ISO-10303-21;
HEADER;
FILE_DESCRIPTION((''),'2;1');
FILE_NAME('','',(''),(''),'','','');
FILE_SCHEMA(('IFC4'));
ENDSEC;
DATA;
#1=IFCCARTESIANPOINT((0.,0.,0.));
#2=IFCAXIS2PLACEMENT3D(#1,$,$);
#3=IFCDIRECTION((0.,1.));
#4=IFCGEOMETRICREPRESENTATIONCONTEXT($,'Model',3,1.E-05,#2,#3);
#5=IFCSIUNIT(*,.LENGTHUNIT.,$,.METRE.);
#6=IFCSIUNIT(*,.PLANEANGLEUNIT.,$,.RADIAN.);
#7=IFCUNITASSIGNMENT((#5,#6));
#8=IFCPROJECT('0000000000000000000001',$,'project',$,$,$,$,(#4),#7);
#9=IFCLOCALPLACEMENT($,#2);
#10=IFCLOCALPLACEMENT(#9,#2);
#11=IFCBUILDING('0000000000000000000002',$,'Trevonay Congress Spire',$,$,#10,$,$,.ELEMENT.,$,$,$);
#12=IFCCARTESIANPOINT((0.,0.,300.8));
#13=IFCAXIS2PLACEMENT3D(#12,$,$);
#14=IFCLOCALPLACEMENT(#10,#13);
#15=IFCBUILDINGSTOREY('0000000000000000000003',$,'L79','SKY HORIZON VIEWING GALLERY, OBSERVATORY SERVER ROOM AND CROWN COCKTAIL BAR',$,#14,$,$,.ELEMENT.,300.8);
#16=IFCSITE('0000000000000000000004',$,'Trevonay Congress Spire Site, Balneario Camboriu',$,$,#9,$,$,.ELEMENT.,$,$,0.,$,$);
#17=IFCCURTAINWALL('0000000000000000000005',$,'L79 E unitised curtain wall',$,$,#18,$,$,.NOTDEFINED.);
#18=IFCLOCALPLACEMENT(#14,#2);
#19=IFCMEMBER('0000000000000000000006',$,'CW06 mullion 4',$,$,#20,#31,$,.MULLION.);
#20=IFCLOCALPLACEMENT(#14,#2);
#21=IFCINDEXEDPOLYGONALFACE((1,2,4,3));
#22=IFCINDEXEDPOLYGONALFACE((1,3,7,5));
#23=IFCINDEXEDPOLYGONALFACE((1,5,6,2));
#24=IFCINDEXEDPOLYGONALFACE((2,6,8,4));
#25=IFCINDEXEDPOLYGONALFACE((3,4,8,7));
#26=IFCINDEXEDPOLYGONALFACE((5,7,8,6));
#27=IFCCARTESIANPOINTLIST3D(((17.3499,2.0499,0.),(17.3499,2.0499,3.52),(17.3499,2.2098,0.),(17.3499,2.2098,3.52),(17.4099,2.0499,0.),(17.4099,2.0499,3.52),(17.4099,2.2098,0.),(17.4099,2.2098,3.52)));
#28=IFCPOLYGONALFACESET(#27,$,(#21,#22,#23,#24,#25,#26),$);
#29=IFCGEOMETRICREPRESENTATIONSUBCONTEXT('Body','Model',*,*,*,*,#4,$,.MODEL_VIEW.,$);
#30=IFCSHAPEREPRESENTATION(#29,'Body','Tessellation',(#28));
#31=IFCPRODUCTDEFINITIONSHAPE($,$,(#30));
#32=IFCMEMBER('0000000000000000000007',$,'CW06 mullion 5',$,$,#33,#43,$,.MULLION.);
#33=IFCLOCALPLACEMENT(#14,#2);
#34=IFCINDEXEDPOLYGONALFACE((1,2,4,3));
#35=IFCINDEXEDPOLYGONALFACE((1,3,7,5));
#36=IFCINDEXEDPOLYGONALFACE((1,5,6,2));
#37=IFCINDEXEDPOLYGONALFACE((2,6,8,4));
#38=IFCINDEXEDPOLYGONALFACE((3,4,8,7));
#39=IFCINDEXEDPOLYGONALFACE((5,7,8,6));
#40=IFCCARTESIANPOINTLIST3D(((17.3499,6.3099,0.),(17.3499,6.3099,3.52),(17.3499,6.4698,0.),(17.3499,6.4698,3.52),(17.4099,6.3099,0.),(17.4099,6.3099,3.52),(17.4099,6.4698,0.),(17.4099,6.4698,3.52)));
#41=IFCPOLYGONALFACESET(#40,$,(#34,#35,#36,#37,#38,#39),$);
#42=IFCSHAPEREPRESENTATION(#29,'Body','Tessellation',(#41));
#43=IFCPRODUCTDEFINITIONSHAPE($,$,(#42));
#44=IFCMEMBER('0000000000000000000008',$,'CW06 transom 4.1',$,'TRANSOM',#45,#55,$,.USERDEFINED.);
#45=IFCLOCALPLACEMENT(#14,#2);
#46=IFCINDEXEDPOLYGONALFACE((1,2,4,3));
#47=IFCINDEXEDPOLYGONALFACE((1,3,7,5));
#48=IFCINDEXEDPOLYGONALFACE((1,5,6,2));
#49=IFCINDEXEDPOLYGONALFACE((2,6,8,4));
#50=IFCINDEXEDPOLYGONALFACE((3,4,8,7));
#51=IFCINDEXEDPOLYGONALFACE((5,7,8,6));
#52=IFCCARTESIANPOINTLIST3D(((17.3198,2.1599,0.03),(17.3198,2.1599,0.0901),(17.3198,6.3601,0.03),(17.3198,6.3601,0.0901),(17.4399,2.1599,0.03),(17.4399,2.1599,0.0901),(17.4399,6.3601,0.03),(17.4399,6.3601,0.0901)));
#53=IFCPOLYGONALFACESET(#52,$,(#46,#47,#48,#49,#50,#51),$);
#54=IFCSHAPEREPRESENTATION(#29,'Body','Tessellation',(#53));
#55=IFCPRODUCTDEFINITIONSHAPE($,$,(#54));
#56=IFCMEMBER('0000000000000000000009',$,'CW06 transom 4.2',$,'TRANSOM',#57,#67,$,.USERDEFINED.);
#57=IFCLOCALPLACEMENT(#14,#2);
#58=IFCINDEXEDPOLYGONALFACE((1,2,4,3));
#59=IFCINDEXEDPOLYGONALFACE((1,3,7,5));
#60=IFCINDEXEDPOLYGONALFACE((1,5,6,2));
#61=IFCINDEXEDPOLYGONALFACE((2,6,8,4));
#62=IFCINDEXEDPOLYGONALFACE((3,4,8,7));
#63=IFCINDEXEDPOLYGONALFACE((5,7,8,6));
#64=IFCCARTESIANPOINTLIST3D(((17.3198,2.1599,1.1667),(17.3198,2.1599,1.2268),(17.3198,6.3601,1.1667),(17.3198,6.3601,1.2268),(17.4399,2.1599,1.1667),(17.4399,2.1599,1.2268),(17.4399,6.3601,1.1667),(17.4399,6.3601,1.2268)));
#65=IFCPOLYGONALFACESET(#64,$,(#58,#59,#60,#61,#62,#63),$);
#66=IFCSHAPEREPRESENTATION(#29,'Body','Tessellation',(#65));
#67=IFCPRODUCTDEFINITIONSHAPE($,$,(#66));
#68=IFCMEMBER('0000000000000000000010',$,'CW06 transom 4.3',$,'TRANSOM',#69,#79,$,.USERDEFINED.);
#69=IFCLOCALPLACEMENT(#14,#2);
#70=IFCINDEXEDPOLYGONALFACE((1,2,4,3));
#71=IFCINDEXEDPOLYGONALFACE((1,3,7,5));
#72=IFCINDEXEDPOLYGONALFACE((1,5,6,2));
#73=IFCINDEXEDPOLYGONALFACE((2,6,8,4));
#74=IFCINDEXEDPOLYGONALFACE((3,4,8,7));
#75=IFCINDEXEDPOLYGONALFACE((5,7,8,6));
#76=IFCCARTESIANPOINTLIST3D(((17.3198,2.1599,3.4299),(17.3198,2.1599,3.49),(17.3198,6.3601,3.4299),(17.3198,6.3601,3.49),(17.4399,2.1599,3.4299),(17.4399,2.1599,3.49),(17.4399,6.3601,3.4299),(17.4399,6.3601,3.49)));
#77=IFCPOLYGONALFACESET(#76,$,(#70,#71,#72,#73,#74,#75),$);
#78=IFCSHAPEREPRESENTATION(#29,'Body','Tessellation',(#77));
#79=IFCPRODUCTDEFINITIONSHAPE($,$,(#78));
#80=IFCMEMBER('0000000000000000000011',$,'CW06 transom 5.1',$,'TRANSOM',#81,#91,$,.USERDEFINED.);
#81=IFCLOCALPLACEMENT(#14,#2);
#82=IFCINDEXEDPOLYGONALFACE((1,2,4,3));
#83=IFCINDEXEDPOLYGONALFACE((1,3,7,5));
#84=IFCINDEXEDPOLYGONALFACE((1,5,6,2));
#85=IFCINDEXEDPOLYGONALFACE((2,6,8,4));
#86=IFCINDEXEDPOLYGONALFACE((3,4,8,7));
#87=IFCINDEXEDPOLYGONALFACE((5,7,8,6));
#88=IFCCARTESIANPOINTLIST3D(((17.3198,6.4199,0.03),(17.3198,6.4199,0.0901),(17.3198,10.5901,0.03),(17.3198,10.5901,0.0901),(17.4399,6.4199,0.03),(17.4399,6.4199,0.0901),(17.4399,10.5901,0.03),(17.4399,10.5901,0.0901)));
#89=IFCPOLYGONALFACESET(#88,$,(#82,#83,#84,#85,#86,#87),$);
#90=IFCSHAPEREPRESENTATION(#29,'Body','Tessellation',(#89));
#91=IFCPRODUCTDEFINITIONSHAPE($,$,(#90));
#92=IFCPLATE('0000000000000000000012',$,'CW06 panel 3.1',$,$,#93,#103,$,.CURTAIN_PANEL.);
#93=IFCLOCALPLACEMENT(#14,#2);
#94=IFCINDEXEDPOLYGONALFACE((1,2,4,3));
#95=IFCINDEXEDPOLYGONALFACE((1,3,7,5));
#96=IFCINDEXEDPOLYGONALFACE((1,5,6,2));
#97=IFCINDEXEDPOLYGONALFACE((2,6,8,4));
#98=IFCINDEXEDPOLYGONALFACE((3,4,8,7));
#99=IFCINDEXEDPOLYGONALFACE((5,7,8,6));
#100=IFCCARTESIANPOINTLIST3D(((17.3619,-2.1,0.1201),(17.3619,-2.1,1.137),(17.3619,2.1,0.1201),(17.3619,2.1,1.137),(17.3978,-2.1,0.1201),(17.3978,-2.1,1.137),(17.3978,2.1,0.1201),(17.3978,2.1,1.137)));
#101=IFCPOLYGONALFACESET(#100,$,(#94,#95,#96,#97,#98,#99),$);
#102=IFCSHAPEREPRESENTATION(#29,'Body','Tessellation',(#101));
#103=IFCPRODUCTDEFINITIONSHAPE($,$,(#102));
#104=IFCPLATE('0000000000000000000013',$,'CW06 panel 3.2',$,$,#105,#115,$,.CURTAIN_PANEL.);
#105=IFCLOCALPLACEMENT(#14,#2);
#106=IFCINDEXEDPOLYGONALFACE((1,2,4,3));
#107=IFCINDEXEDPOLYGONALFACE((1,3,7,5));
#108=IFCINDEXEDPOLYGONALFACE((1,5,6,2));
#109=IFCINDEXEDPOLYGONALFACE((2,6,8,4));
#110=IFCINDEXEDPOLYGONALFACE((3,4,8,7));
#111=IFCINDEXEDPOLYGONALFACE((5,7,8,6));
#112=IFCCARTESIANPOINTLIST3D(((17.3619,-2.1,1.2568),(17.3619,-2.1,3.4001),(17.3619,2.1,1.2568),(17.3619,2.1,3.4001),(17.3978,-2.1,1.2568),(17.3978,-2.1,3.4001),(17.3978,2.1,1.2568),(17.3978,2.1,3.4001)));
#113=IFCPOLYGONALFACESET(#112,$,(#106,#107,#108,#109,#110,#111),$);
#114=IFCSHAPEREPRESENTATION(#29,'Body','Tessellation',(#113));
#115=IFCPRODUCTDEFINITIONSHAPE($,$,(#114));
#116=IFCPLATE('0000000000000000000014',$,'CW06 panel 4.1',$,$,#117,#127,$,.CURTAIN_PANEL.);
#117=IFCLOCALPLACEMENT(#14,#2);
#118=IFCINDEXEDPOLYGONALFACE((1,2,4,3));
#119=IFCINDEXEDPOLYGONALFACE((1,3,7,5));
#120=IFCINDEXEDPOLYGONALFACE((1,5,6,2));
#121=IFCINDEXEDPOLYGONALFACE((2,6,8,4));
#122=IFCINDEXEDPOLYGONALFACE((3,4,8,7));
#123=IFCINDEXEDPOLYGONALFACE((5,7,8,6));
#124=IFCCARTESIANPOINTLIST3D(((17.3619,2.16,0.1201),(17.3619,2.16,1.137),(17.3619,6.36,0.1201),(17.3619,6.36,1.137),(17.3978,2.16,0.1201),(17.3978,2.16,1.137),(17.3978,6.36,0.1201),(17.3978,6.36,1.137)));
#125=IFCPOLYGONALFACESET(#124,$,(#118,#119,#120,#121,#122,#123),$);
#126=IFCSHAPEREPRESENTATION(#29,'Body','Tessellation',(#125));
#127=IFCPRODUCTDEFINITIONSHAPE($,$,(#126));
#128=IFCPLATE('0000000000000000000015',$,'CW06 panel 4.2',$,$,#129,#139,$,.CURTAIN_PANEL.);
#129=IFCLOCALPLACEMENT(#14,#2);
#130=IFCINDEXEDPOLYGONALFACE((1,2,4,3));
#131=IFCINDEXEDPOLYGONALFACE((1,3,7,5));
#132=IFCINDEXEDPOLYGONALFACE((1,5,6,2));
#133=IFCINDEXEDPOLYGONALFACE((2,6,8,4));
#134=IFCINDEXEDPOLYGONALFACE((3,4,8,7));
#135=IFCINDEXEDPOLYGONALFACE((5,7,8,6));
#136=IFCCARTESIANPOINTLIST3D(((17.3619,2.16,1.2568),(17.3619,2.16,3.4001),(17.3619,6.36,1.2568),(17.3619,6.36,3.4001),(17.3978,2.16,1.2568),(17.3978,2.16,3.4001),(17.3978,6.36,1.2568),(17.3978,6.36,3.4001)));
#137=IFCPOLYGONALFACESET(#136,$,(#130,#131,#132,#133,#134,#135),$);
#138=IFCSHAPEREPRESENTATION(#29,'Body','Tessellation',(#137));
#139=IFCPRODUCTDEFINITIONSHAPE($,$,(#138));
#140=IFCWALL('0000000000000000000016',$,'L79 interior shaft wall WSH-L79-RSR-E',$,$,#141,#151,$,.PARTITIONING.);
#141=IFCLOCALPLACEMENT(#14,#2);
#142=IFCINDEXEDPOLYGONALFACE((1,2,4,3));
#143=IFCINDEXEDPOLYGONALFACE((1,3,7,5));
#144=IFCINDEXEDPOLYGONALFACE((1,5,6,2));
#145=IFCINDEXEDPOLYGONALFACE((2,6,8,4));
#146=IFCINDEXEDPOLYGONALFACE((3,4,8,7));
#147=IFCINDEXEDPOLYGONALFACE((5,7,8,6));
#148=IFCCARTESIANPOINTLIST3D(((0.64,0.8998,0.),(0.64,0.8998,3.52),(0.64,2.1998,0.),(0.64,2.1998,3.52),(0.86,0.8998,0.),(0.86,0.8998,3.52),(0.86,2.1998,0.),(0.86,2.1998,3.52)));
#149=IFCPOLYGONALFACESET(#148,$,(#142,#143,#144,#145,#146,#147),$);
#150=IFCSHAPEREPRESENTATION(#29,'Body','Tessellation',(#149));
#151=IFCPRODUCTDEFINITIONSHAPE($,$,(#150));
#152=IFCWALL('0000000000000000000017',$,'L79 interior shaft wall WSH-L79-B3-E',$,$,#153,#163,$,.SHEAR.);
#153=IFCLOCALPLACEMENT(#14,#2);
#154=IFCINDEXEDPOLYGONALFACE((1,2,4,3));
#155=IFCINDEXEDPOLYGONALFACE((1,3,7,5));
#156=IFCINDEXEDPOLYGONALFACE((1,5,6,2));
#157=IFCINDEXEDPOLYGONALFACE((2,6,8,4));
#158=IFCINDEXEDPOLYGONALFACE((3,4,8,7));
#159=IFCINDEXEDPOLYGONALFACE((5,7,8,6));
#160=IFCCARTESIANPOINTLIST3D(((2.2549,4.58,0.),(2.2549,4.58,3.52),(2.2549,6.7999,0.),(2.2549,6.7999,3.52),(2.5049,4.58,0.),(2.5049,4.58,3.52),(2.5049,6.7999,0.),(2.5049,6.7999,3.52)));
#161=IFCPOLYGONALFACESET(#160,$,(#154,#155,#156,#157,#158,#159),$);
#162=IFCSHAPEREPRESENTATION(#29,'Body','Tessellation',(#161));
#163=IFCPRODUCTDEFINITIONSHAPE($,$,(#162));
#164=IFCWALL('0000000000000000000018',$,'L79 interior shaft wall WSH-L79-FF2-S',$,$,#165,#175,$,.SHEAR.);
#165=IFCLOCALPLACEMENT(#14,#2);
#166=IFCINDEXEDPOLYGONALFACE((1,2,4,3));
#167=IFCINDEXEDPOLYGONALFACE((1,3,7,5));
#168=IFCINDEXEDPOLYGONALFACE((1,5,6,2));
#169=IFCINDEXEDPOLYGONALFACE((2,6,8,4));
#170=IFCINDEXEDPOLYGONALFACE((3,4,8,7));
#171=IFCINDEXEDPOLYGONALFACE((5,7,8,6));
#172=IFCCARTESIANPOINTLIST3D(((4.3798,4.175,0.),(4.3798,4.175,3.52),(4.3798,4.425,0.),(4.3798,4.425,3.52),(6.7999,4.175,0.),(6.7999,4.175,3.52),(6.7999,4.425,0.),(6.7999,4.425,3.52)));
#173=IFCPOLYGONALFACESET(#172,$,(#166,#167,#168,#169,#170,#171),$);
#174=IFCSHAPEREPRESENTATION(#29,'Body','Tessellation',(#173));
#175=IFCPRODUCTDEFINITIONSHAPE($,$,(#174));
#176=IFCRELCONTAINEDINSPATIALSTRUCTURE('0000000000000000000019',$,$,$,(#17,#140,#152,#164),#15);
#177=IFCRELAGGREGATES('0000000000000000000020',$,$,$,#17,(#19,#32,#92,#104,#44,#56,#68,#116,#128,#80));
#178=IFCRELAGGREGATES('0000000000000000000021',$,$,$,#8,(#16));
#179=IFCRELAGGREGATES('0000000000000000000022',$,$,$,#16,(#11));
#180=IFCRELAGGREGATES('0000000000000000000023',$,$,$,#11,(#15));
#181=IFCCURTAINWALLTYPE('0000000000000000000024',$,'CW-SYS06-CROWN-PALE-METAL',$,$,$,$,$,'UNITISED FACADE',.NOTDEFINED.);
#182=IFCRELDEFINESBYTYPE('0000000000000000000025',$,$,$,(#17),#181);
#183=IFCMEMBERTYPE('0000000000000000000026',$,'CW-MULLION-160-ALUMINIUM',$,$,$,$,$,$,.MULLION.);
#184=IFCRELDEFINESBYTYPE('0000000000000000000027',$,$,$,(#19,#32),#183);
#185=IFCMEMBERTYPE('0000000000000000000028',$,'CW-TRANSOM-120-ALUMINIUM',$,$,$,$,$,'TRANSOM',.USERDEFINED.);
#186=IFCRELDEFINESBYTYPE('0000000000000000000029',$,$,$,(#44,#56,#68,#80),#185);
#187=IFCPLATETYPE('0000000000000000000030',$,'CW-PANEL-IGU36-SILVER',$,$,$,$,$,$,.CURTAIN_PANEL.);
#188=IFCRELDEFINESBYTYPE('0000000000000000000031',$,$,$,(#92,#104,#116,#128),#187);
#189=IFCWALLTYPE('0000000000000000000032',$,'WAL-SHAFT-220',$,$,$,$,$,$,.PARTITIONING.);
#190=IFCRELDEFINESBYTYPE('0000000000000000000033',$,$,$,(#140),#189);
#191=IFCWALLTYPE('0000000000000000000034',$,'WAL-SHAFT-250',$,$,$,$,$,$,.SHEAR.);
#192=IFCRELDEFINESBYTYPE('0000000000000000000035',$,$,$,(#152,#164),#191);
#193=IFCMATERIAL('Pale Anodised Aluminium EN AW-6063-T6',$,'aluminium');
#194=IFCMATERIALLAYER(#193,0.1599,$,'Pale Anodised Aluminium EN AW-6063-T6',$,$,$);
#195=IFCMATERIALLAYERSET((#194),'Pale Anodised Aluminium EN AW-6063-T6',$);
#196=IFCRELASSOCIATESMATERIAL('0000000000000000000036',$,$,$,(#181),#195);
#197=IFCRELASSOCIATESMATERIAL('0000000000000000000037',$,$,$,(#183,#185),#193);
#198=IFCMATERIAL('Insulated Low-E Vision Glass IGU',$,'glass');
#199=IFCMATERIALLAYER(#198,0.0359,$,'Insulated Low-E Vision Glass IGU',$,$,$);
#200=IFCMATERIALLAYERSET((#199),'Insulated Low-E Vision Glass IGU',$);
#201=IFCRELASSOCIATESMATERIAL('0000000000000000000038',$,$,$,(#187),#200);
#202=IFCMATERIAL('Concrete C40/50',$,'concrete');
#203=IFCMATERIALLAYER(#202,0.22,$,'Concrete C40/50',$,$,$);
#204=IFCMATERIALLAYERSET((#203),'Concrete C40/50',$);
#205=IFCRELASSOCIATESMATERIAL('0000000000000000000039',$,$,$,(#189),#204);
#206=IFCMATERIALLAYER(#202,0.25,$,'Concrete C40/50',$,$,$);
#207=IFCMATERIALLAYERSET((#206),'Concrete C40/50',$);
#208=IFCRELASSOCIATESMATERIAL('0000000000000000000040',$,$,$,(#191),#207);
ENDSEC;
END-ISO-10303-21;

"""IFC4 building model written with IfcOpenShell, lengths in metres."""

from ifc_helpers import new_model, si_unit, direction, frame, frame_2d, origin, origin_2d, place, context, subcontext, project, spatial, rectangle, extrude, material, layer, layer_set, material_profile, profile_set, type_object, element, aggregate, save


model = new_model("IFC4")

# Units and contexts
model_context = context("Model", 3, precision=1e-05, world=origin(), true_north=direction((0.0, 1.0)))
body_context = subcontext(model_context, "Body", "Model", "MODEL_VIEW")
ifc_project = project(units=[si_unit("LENGTHUNIT", "METRE"), si_unit("PLANEANGLEUNIT", "RADIAN")], contexts=[model_context])

# Site, building, storey
site_placement = place(None, origin())
site = spatial("IfcSite", under=ifc_project, at=site_placement, Name="Trevonay Congress Spire Site, Balneario Camboriu", CompositionType="ELEMENT", RefElevation=0.0)
building_placement = place(site_placement, origin())
building = spatial("IfcBuilding", under=site, at=building_placement, Name="Trevonay Congress Spire", CompositionType="ELEMENT")
storey_placement = place(building_placement, frame((0.0, 0.0, 300.8)))
storey = spatial("IfcBuildingStorey", under=building, at=storey_placement, Name="L79", Description="SKY HORIZON VIEWING GALLERY, OBSERVATORY SERVER ROOM AND CROWN COCKTAIL BAR", CompositionType="ELEMENT", Elevation=300.8)

# Curtain wall, members, plates
ifc_material_1 = material(Name="Pale Anodised Aluminium EN AW-6063-T6", Category="aluminium")
ifc_layer_1 = layer(ifc_material_1, 0.1599, Name="Pale Anodised Aluminium EN AW-6063-T6")
ifc_layer_set_1 = layer_set([ifc_layer_1], Name="Pale Anodised Aluminium EN AW-6063-T6")
curtain_wall_type = type_object("IfcCurtainWallType", Name="CW-SYS06-CROWN-PALE-METAL", ElementType="UNITISED FACADE", PredefinedType="NOTDEFINED", material=ifc_layer_set_1)
curtain_wall_placement = place(storey_placement, origin())
curtain_wall = element("IfcCurtainWall", 1, at=curtain_wall_placement, inside=storey, type_object=curtain_wall_type, Name="L79 E unitised curtain wall", PredefinedType="NOTDEFINED")
ifc_material_profile_1 = material_profile(ifc_material_1, rectangle(XDim=0.0601, YDim=0.1599, at=origin_2d()), Name="CW-MULLION-160-ALUMINIUM")
ifc_profile_set_1 = profile_set([ifc_material_profile_1], Name="Pale Anodised Aluminium EN AW-6063-T6")
member_type_1 = type_object("IfcMemberType", Name="CW-MULLION-160-ALUMINIUM", PredefinedType="MULLION", material=ifc_profile_set_1)
member_1_placement = place(storey_placement, frame((17.3799, 2.1299, 0.0), z_axis=(0.0, 0.0, 1.0), x_axis=(-1.0, 0.0, 0.0)))
member_1 = element("IfcMember", 2, at=member_1_placement, type_object=member_type_1, Name="CW06 mullion 4", PredefinedType="MULLION", context=body_context, shape_type="SweptSolid", body=[
    extrude(rectangle(XDim=0.0601, YDim=0.1599, at=origin_2d()), origin(), (0.0, 0.0, 1.0), 3.52),
])
member_2_placement = place(storey_placement, frame((17.3799, 6.3899, 0.0), z_axis=(0.0, 0.0, 1.0), x_axis=(-1.0, 0.0, 0.0)))
member_2 = element("IfcMember", 3, at=member_2_placement, type_object=member_type_1, Name="CW06 mullion 5", PredefinedType="MULLION", context=body_context, shape_type="SweptSolid", body=[
    extrude(rectangle(XDim=0.0601, YDim=0.1599, at=origin_2d()), origin(), (0.0, 0.0, 1.0), 3.52),
])
ifc_material_profile_2 = material_profile(ifc_material_1, rectangle(XDim=0.1201, YDim=0.0601, at=origin_2d()), Name="CW-TRANSOM-120-ALUMINIUM")
ifc_profile_set_2 = profile_set([ifc_material_profile_2], Name="Pale Anodised Aluminium EN AW-6063-T6")
member_type_2 = type_object("IfcMemberType", Name="CW-TRANSOM-120-ALUMINIUM", ElementType="TRANSOM", PredefinedType="USERDEFINED", material=ifc_profile_set_2)
member_3_placement = place(storey_placement, frame((17.3799, 2.1599, 0.0601), z_axis=(0.0, 1.0, 0.0), x_axis=(-1.0, 0.0, 0.0)))
member_3 = element("IfcMember", 4, at=member_3_placement, type_object=member_type_2, Name="CW06 transom 4.1", ObjectType="TRANSOM", PredefinedType="USERDEFINED", context=body_context, shape_type="SweptSolid", body=[
    extrude(rectangle(XDim=0.1201, YDim=0.0601, at=origin_2d()), origin(), (0.0, 0.0, 1.0), 4.2002),
])
member_4_placement = place(storey_placement, frame((17.3799, 2.1599, 1.1968), z_axis=(0.0, 1.0, 0.0), x_axis=(-1.0, 0.0, 0.0)))
member_4 = element("IfcMember", 5, at=member_4_placement, type_object=member_type_2, Name="CW06 transom 4.2", ObjectType="TRANSOM", PredefinedType="USERDEFINED", context=body_context, shape_type="SweptSolid", body=[
    extrude(rectangle(XDim=0.1201, YDim=0.0601, at=origin_2d()), origin(), (0.0, 0.0, 1.0), 4.2002),
])
member_5_placement = place(storey_placement, frame((17.3799, 2.1599, 3.46), z_axis=(0.0, 1.0, 0.0), x_axis=(-1.0, 0.0, 0.0)))
member_5 = element("IfcMember", 6, at=member_5_placement, type_object=member_type_2, Name="CW06 transom 4.3", ObjectType="TRANSOM", PredefinedType="USERDEFINED", context=body_context, shape_type="SweptSolid", body=[
    extrude(rectangle(XDim=0.1201, YDim=0.0601, at=origin_2d()), origin(), (0.0, 0.0, 1.0), 4.2002),
])
member_6_placement = place(storey_placement, frame((17.3799, 6.4199, 0.0601), z_axis=(0.0, 1.0, 0.0), x_axis=(-1.0, 0.0, 0.0)))
member_6 = element("IfcMember", 7, at=member_6_placement, type_object=member_type_2, Name="CW06 transom 5.1", ObjectType="TRANSOM", PredefinedType="USERDEFINED", context=body_context, shape_type="SweptSolid", body=[
    extrude(rectangle(XDim=0.1201, YDim=0.0601, at=origin_2d()), origin(), (0.0, 0.0, 1.0), 4.1702),
])
ifc_material_2 = material(Name="Insulated Low-E Vision Glass IGU", Category="glass")
ifc_layer_2 = layer(ifc_material_2, 0.0359, Name="Insulated Low-E Vision Glass IGU")
ifc_layer_set_2 = layer_set([ifc_layer_2], Name="Insulated Low-E Vision Glass IGU")
plate_type = type_object("IfcPlateType", Name="CW-PANEL-IGU36-SILVER", PredefinedType="CURTAIN_PANEL", material=ifc_layer_set_2)
plate_1_placement = place(storey_placement, frame((17.3799, 0.0, 0.1201), z_axis=(0.0, 0.0, 1.0), x_axis=(0.0, 1.0, 0.0)))
plate_1 = element("IfcPlate", 8, at=plate_1_placement, type_object=plate_type, Name="CW06 panel 3.1", PredefinedType="CURTAIN_PANEL", context=body_context, shape_type="SweptSolid", body=[
    extrude(rectangle(XDim=4.2, YDim=0.0359, at=origin_2d()), origin(), (0.0, 0.0, 1.0), 1.0168),
])
plate_2_placement = place(storey_placement, frame((17.3799, 0.0, 1.2568), z_axis=(0.0, 0.0, 1.0), x_axis=(0.0, 1.0, 0.0)))
plate_2 = element("IfcPlate", 9, at=plate_2_placement, type_object=plate_type, Name="CW06 panel 3.2", PredefinedType="CURTAIN_PANEL", context=body_context, shape_type="SweptSolid", body=[
    extrude(rectangle(XDim=4.2, YDim=0.0359, at=origin_2d()), origin(), (0.0, 0.0, 1.0), 2.1433),
])
plate_3_placement = place(storey_placement, frame((17.3799, 4.26, 0.1201), z_axis=(0.0, 0.0, 1.0), x_axis=(0.0, 1.0, 0.0)))
plate_3 = element("IfcPlate", 10, at=plate_3_placement, type_object=plate_type, Name="CW06 panel 4.1", PredefinedType="CURTAIN_PANEL", context=body_context, shape_type="SweptSolid", body=[
    extrude(rectangle(XDim=4.2, YDim=0.0359, at=origin_2d()), origin(), (0.0, 0.0, 1.0), 1.0168),
])
plate_4_placement = place(storey_placement, frame((17.3799, 4.26, 1.2568), z_axis=(0.0, 0.0, 1.0), x_axis=(0.0, 1.0, 0.0)))
plate_4 = element("IfcPlate", 11, at=plate_4_placement, type_object=plate_type, Name="CW06 panel 4.2", PredefinedType="CURTAIN_PANEL", context=body_context, shape_type="SweptSolid", body=[
    extrude(rectangle(XDim=4.2, YDim=0.0359, at=origin_2d()), origin(), (0.0, 0.0, 1.0), 2.1433),
])
aggregate(curtain_wall, [member_1, member_2, plate_1, plate_2, member_3, member_4, member_5, plate_3, plate_4, member_6])

# Walls
ifc_material_3 = material(Name="Concrete C40/50", Category="concrete")
ifc_layer_3 = layer(ifc_material_3, 0.22, Name="Concrete C40/50")
ifc_layer_set_3 = layer_set([ifc_layer_3], Name="Concrete C40/50")
wall_type_1 = type_object("IfcWallType", Name="WAL-SHAFT-220", PredefinedType="PARTITIONING", material=ifc_layer_set_3)
wall_1_placement = place(storey_placement, frame((0.75, 0.8999, 0.0), z_axis=(0.0, 0.0, 1.0), x_axis=(0.0, 1.0, 0.0)))
element("IfcWall", 12, at=wall_1_placement, inside=storey, type_object=wall_type_1, Name="L79 interior shaft wall WSH-L79-RSR-E", PredefinedType="PARTITIONING", context=body_context, shape_type="SweptSolid", body=[
    extrude(rectangle(XDim=1.3, YDim=0.22, at=frame_2d((0.6499, 0.0))), origin(), (0.0, 0.0, 1.0), 3.52),
])
ifc_layer_4 = layer(ifc_material_3, 0.25, Name="Concrete C40/50")
ifc_layer_set_4 = layer_set([ifc_layer_4], Name="Concrete C40/50")
wall_type_2 = type_object("IfcWallType", Name="WAL-SHAFT-250", PredefinedType="SHEAR", material=ifc_layer_set_4)
wall_2_placement = place(storey_placement, frame((2.3799, 4.5801, 0.0), z_axis=(0.0, 0.0, 1.0), x_axis=(0.0, 1.0, 0.0)))
element("IfcWall", 13, at=wall_2_placement, inside=storey, type_object=wall_type_2, Name="L79 interior shaft wall WSH-L79-B3-E", PredefinedType="SHEAR", context=body_context, shape_type="SweptSolid", body=[
    extrude(rectangle(XDim=2.22, YDim=0.25, at=frame_2d((1.1099, 0.0))), origin(), (0.0, 0.0, 1.0), 3.52),
])
wall_3_placement = place(storey_placement, frame((4.3799, 4.3, 0.0), z_axis=(0.0, 0.0, 1.0), x_axis=(1.0, 0.0, 0.0)))
element("IfcWall", 14, at=wall_3_placement, inside=storey, type_object=wall_type_2, Name="L79 interior shaft wall WSH-L79-FF2-S", PredefinedType="SHEAR", context=body_context, shape_type="SweptSolid", body=[
    extrude(rectangle(XDim=2.4202, YDim=0.25, at=frame_2d((1.21, 0.0))), origin(), (0.0, 0.0, 1.0), 3.52),
])

save(model, "model.ifc")
